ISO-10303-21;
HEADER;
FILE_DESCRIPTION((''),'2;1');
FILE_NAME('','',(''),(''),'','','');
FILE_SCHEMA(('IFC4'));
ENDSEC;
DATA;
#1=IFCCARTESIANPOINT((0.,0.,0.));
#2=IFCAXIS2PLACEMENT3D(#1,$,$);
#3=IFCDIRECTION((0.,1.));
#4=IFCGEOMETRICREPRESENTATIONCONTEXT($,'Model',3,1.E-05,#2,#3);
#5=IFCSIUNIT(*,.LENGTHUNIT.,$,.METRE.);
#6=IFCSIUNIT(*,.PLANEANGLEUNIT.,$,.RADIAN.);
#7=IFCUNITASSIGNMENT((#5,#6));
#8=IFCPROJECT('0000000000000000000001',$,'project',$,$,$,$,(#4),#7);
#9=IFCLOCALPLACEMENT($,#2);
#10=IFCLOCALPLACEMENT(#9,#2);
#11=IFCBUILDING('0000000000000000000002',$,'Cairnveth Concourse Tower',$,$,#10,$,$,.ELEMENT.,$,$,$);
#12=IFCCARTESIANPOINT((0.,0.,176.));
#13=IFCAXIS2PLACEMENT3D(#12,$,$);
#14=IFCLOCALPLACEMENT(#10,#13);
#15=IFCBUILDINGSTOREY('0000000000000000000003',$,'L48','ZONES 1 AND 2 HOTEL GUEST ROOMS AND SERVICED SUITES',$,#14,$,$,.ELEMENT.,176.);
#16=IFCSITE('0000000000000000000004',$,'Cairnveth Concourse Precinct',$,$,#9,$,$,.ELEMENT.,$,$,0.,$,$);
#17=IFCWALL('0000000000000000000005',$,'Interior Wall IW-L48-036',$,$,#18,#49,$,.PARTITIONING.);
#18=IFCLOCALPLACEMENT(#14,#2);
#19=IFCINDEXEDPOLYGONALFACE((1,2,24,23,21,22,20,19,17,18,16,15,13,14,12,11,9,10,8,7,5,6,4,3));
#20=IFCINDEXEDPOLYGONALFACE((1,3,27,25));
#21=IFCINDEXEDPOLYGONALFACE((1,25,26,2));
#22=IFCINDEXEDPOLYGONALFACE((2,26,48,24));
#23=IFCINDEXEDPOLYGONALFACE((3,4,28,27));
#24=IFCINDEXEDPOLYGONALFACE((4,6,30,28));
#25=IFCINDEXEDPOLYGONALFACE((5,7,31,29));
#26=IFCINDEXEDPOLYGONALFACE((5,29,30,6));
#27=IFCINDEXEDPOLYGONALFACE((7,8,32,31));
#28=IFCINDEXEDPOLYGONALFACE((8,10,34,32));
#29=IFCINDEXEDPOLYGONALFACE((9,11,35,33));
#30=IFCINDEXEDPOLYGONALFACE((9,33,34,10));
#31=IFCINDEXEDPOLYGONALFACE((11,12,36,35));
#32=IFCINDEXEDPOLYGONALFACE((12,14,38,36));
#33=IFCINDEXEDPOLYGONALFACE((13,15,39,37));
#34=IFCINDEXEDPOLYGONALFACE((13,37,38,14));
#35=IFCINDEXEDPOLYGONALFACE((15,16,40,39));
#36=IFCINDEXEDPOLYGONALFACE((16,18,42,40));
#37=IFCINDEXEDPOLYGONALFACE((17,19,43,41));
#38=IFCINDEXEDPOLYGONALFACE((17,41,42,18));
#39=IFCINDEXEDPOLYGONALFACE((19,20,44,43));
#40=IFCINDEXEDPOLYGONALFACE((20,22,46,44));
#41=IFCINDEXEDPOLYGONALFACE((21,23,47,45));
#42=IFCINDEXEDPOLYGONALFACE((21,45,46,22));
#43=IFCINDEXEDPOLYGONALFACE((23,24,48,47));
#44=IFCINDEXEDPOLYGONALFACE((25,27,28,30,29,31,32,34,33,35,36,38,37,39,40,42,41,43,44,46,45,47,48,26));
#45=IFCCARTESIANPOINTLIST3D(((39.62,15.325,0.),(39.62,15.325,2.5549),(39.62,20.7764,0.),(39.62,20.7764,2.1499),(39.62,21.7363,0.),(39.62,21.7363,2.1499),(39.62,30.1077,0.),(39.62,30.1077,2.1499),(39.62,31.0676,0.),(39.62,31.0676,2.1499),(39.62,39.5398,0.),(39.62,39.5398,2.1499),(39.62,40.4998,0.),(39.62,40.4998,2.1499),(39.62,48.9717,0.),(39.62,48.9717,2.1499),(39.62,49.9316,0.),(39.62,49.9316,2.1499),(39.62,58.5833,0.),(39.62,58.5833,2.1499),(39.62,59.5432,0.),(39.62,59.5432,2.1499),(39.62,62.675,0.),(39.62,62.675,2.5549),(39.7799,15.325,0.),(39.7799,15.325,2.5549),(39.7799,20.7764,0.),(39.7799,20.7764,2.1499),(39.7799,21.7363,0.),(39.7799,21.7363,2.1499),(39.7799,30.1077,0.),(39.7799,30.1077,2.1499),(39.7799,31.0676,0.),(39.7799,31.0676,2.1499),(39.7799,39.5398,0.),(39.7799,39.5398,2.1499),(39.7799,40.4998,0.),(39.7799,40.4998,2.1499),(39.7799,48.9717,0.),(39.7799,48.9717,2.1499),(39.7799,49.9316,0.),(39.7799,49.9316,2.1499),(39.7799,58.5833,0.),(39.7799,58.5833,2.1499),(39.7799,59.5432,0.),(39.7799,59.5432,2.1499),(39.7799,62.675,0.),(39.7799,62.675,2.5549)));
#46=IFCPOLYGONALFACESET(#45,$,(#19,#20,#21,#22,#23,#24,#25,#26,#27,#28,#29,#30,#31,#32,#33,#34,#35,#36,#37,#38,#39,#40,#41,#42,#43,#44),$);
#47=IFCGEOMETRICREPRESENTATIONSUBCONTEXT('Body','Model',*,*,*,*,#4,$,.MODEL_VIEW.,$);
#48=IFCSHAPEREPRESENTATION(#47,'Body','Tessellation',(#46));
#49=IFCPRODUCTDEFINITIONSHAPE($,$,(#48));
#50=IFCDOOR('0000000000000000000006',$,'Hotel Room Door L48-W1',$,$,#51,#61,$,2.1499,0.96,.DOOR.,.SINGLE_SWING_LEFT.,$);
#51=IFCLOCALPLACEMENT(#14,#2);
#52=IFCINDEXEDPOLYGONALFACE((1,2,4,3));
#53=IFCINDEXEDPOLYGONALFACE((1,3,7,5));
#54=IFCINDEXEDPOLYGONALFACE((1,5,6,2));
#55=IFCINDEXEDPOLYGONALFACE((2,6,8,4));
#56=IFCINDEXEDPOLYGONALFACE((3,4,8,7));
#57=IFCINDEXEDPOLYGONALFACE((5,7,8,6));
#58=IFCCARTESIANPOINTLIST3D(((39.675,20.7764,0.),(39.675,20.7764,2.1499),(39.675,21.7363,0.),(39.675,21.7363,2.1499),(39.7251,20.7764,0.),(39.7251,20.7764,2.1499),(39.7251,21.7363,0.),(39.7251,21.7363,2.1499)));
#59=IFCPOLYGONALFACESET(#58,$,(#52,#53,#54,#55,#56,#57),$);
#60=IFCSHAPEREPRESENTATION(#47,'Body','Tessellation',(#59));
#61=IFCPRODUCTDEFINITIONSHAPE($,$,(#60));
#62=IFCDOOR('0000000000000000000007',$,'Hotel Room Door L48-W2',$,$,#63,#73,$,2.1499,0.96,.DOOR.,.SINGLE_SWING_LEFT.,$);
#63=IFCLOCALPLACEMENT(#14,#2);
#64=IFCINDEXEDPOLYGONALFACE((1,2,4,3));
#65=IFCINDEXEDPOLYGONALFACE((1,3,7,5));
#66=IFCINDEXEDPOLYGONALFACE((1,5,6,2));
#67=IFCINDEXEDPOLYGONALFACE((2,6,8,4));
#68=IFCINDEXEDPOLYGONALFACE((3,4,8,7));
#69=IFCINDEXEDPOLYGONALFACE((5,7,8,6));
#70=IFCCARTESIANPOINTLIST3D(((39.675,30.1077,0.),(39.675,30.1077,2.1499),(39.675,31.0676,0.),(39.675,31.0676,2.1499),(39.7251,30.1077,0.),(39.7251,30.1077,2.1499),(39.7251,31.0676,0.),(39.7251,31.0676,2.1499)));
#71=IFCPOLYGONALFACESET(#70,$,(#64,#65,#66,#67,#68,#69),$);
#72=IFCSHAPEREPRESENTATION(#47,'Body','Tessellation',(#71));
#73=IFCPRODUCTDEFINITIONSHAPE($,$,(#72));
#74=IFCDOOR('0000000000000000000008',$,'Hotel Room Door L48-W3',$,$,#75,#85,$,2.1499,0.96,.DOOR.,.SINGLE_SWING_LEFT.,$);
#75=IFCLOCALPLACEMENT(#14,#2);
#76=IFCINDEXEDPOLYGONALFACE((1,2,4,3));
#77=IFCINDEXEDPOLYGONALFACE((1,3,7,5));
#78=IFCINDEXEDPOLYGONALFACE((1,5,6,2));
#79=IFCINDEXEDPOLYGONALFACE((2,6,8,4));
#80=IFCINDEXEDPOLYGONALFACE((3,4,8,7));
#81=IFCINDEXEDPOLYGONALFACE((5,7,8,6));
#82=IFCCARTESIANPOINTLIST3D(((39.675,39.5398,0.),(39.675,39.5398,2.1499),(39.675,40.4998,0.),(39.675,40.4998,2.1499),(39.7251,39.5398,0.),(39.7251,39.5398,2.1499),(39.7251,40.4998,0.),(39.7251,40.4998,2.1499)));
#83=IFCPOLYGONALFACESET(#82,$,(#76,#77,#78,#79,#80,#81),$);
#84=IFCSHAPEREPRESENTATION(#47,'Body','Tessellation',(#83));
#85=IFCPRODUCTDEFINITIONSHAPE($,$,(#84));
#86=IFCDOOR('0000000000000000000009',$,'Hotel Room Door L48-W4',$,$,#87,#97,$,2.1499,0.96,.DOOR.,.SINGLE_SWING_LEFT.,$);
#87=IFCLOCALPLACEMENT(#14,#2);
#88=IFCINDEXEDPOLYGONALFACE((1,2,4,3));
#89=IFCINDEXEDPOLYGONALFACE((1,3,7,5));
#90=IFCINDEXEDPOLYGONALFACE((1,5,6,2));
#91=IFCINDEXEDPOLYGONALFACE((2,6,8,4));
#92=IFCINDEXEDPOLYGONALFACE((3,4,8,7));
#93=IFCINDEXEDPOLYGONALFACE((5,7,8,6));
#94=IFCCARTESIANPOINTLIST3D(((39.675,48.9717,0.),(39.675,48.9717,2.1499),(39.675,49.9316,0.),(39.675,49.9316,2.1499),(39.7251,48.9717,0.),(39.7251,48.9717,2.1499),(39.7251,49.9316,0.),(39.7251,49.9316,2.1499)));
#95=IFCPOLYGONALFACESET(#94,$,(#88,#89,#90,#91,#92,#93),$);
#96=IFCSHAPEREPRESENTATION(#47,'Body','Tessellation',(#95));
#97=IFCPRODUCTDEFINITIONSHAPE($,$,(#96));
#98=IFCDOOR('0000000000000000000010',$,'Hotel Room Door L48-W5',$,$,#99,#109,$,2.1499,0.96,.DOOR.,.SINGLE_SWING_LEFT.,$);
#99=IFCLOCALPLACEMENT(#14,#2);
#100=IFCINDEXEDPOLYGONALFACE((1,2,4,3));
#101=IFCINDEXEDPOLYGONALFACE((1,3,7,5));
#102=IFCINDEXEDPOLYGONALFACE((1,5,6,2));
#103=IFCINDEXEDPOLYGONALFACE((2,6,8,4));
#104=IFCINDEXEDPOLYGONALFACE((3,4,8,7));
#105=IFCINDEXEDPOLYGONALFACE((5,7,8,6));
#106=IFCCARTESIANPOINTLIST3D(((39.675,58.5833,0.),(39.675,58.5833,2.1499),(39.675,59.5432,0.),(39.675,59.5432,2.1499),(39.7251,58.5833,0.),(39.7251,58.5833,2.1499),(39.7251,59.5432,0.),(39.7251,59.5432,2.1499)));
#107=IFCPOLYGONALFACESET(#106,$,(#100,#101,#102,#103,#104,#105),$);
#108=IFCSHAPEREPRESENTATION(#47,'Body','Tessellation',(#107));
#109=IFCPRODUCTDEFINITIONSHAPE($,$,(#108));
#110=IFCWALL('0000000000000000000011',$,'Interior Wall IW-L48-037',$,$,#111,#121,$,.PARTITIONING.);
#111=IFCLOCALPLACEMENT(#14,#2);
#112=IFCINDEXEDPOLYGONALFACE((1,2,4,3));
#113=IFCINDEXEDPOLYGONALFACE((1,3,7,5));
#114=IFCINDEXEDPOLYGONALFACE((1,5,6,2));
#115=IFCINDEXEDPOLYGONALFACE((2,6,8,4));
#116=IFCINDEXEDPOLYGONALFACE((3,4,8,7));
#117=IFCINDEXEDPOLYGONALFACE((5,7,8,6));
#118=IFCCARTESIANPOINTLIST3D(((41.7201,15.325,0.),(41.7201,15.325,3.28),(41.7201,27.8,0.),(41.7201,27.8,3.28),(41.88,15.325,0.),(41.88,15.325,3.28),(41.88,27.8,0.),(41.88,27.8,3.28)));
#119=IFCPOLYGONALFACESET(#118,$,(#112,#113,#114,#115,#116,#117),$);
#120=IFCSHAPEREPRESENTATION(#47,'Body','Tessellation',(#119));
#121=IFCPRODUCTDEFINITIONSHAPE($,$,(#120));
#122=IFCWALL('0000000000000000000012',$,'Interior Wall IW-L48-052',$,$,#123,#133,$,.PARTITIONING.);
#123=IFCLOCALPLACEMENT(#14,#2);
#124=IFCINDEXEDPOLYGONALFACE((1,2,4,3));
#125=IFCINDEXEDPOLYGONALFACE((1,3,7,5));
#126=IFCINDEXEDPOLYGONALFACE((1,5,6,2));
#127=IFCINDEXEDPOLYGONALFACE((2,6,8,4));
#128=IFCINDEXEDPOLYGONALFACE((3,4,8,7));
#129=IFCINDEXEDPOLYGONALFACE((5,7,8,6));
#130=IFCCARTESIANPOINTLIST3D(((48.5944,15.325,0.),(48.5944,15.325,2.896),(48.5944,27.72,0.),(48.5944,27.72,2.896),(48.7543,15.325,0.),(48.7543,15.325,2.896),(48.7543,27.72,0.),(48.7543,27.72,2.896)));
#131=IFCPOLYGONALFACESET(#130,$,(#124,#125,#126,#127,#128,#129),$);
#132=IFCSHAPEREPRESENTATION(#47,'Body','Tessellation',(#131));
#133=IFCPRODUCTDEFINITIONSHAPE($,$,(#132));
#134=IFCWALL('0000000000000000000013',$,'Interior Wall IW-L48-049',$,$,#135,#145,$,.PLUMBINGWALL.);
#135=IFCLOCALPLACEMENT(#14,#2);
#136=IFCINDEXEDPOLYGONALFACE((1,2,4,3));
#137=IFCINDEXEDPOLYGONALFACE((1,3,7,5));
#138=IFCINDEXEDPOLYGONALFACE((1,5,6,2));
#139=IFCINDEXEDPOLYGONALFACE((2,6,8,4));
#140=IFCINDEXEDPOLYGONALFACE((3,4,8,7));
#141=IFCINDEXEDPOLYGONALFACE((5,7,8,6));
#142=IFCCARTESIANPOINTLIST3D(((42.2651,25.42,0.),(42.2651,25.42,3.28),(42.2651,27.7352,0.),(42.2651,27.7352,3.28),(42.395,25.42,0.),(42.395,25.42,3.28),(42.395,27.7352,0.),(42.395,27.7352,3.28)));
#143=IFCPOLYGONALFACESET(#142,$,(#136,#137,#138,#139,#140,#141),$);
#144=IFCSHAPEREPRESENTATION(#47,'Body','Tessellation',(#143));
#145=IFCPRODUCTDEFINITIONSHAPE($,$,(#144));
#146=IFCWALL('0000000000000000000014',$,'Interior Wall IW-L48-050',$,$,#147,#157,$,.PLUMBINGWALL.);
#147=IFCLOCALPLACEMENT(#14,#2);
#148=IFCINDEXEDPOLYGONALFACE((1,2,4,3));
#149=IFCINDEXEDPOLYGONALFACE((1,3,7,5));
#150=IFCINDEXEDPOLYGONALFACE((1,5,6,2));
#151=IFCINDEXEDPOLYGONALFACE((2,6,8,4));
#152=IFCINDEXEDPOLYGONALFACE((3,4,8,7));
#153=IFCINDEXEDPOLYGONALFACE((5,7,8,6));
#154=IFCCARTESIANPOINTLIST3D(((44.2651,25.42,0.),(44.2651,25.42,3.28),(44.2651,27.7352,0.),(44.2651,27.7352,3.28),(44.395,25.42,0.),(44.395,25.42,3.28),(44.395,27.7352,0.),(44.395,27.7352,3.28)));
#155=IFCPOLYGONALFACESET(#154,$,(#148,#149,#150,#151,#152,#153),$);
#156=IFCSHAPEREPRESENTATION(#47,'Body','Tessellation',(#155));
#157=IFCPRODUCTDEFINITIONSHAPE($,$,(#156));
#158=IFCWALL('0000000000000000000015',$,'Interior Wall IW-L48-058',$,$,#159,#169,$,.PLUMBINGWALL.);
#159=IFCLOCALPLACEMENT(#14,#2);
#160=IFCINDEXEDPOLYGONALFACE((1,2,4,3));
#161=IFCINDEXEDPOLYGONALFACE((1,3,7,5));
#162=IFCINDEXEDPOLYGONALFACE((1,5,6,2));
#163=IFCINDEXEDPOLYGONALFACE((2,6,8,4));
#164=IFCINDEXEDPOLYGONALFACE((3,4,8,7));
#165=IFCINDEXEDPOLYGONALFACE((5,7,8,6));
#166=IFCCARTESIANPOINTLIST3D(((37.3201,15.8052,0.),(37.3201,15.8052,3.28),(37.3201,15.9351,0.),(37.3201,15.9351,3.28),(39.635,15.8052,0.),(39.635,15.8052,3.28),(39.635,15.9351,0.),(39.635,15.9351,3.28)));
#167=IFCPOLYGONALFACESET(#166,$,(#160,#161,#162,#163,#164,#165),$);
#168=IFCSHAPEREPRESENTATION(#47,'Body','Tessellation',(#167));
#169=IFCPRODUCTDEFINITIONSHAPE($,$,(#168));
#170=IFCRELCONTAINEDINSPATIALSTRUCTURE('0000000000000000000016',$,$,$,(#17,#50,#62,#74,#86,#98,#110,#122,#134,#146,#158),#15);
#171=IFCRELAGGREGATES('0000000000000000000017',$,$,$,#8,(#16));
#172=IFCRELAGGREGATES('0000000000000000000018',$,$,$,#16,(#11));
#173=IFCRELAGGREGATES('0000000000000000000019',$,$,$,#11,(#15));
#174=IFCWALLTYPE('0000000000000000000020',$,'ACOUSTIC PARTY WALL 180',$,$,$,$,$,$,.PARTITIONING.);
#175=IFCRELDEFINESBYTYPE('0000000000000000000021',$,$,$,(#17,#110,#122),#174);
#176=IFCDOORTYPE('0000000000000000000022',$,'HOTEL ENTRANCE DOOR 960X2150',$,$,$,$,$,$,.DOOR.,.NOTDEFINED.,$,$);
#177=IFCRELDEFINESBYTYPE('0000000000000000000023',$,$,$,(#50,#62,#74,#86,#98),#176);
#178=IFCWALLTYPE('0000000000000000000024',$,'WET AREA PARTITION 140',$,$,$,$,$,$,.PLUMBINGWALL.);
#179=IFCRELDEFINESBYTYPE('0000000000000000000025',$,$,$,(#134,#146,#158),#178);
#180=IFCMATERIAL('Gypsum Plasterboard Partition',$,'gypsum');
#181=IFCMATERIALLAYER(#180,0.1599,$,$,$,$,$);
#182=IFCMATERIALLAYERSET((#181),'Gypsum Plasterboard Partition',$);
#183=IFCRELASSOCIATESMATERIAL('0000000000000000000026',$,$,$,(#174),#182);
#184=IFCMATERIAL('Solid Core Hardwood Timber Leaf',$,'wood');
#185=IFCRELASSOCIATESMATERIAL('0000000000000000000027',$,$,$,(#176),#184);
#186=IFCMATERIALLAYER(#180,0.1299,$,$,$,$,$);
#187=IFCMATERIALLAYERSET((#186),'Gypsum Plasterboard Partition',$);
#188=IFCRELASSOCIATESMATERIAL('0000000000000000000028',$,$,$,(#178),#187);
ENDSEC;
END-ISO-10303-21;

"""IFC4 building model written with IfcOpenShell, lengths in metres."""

from ifc_helpers import new_model, si_unit, direction, frame, frame_2d, origin, place, context, subcontext, project, spatial, rectangle, extrude, material, layer, layer_set, type_object, element, fill, save


model = new_model("IFC4")

# Units and contexts
model_context = context("Model", 3, precision=1e-05, world=origin(), true_north=direction((0.0, 1.0)))
body_context = subcontext(model_context, "Body", "Model", "MODEL_VIEW")
ifc_project = project(units=[si_unit("LENGTHUNIT", "METRE"), si_unit("PLANEANGLEUNIT", "RADIAN")], contexts=[model_context])

# Site, building, storey
site_placement = place(None, origin())
site = spatial("IfcSite", under=ifc_project, at=site_placement, Name="Cairnveth Concourse Precinct", CompositionType="ELEMENT", RefElevation=0.0)
building_placement = place(site_placement, origin())
building = spatial("IfcBuilding", under=site, at=building_placement, Name="Cairnveth Concourse Tower", CompositionType="ELEMENT")
storey_placement = place(building_placement, frame((0.0, 0.0, 176.0)))
storey = spatial("IfcBuildingStorey", under=building, at=storey_placement, Name="L48", Description="ZONES 1 AND 2 HOTEL GUEST ROOMS AND SERVICED SUITES", CompositionType="ELEMENT", Elevation=176.0)

# Wall, openings, doors
ifc_material_1 = material(Name="Gypsum Plasterboard Partition", Category="gypsum")
ifc_layer_1 = layer(ifc_material_1, 0.1599)
ifc_layer_set_1 = layer_set([ifc_layer_1], Name="Gypsum Plasterboard Partition")
wall_type_1 = type_object("IfcWallType", Name="ACOUSTIC PARTY WALL 180", PredefinedType="PARTITIONING", material=ifc_layer_set_1)
wall_1_placement = place(storey_placement, frame((39.7, 15.325, 0.0), z_axis=(0.0, 0.0, 1.0), x_axis=(0.0, 1.0, 0.0)))
wall_1 = element("IfcWall", 1, at=wall_1_placement, inside=storey, type_object=wall_type_1, Name="Interior Wall IW-L48-036", PredefinedType="PARTITIONING", context=body_context, shape_type="SweptSolid", body=[
    extrude(rectangle(XDim=47.3501, YDim=0.1599, at=frame_2d((23.675, 0.0))), origin(), (0.0, 0.0, 1.0), 2.5549),
])
opening_1_placement = place(wall_1_placement, frame((5.4514, 0.0, 0.0)))
opening_1 = element("IfcOpeningElement", 2, at=opening_1_placement, cuts=wall_1, PredefinedType="OPENING", context=body_context, shape_type="SweptSolid", body=[
    extrude(rectangle(XDim=0.96, YDim=2.1499, at=frame_2d((0.48, 1.075))), frame((0.0, 0.0898, 0.0), z_axis=(0.0, -1.0, 0.0), x_axis=(1.0, 0.0, 0.0)), (0.0, 0.0, 1.0), 0.1799),
])
opening_2_placement = place(wall_1_placement, frame((14.7827, 0.0, 0.0)))
opening_2 = element("IfcOpeningElement", 3, at=opening_2_placement, cuts=wall_1, PredefinedType="OPENING", context=body_context, shape_type="SweptSolid", body=[
    extrude(rectangle(XDim=0.96, YDim=2.1499, at=frame_2d((0.48, 1.075))), frame((0.0, 0.0898, 0.0), z_axis=(0.0, -1.0, 0.0), x_axis=(1.0, 0.0, 0.0)), (0.0, 0.0, 1.0), 0.1799),
])
opening_3_placement = place(wall_1_placement, frame((24.2148, 0.0, 0.0)))
opening_3 = element("IfcOpeningElement", 4, at=opening_3_placement, cuts=wall_1, PredefinedType="OPENING", context=body_context, shape_type="SweptSolid", body=[
    extrude(rectangle(XDim=0.96, YDim=2.1499, at=frame_2d((0.48, 1.075))), frame((0.0, 0.0898, 0.0), z_axis=(0.0, -1.0, 0.0), x_axis=(1.0, 0.0, 0.0)), (0.0, 0.0, 1.0), 0.1799),
])
opening_4_placement = place(wall_1_placement, frame((33.6467, 0.0, 0.0)))
opening_4 = element("IfcOpeningElement", 5, at=opening_4_placement, cuts=wall_1, PredefinedType="OPENING", context=body_context, shape_type="SweptSolid", body=[
    extrude(rectangle(XDim=0.96, YDim=2.1499, at=frame_2d((0.48, 1.075))), frame((0.0, 0.0898, 0.0), z_axis=(0.0, -1.0, 0.0), x_axis=(1.0, 0.0, 0.0)), (0.0, 0.0, 1.0), 0.1799),
])
opening_5_placement = place(wall_1_placement, frame((43.2583, 0.0, 0.0)))
opening_5 = element("IfcOpeningElement", 6, at=opening_5_placement, cuts=wall_1, PredefinedType="OPENING", context=body_context, shape_type="SweptSolid", body=[
    extrude(rectangle(XDim=0.96, YDim=2.1499, at=frame_2d((0.48, 1.075))), frame((0.0, 0.0898, 0.0), z_axis=(0.0, -1.0, 0.0), x_axis=(1.0, 0.0, 0.0)), (0.0, 0.0, 1.0), 0.1799),
])
ifc_material_2 = material(Name="Solid Core Hardwood Timber Leaf", Category="wood")
door_type_1 = type_object("IfcDoorType", Name="HOTEL ENTRANCE DOOR 960X2150", OperationType="NOTDEFINED", PredefinedType="DOOR", material=ifc_material_2)
door_1_placement = place(opening_1_placement, origin())
door_1 = element("IfcDoor", 7, at=door_1_placement, inside=storey, type_object=door_type_1, Name="Hotel Room Door L48-W1", OperationType="SINGLE_SWING_LEFT", OverallHeight=2.1499, OverallWidth=0.96, PredefinedType="DOOR", context=body_context, shape_type="SweptSolid", body=[
    extrude(rectangle(XDim=0.96, YDim=2.1499, at=frame_2d((0.48, 1.075))), frame((0.0, 0.0249, 0.0), z_axis=(0.0, -1.0, 0.0), x_axis=(1.0, 0.0, 0.0)), (0.0, 0.0, 1.0), 0.05),
])
fill(opening_1, door_1)
door_2_placement = place(opening_2_placement, origin())
door_2 = element("IfcDoor", 8, at=door_2_placement, inside=storey, type_object=door_type_1, Name="Hotel Room Door L48-W2", OperationType="SINGLE_SWING_LEFT", OverallHeight=2.1499, OverallWidth=0.96, PredefinedType="DOOR", context=body_context, shape_type="SweptSolid", body=[
    extrude(rectangle(XDim=0.96, YDim=2.1499, at=frame_2d((0.48, 1.075))), frame((0.0, 0.0249, 0.0), z_axis=(0.0, -1.0, 0.0), x_axis=(1.0, 0.0, 0.0)), (0.0, 0.0, 1.0), 0.05),
])
fill(opening_2, door_2)
door_3_placement = place(opening_3_placement, origin())
door_3 = element("IfcDoor", 9, at=door_3_placement, inside=storey, type_object=door_type_1, Name="Hotel Room Door L48-W3", OperationType="SINGLE_SWING_LEFT", OverallHeight=2.1499, OverallWidth=0.96, PredefinedType="DOOR", context=body_context, shape_type="SweptSolid", body=[
    extrude(rectangle(XDim=0.96, YDim=2.1499, at=frame_2d((0.48, 1.075))), frame((0.0, 0.0249, 0.0), z_axis=(0.0, -1.0, 0.0), x_axis=(1.0, 0.0, 0.0)), (0.0, 0.0, 1.0), 0.05),
])
fill(opening_3, door_3)
door_4_placement = place(opening_4_placement, origin())
door_4 = element("IfcDoor", 10, at=door_4_placement, inside=storey, type_object=door_type_1, Name="Hotel Room Door L48-W4", OperationType="SINGLE_SWING_LEFT", OverallHeight=2.1499, OverallWidth=0.96, PredefinedType="DOOR", context=body_context, shape_type="SweptSolid", body=[
    extrude(rectangle(XDim=0.96, YDim=2.1499, at=frame_2d((0.48, 1.075))), frame((0.0, 0.0249, 0.0), z_axis=(0.0, -1.0, 0.0), x_axis=(1.0, 0.0, 0.0)), (0.0, 0.0, 1.0), 0.05),
])
fill(opening_4, door_4)
door_5_placement = place(opening_5_placement, origin())
door_5 = element("IfcDoor", 11, at=door_5_placement, inside=storey, type_object=door_type_1, Name="Hotel Room Door L48-W5", OperationType="SINGLE_SWING_LEFT", OverallHeight=2.1499, OverallWidth=0.96, PredefinedType="DOOR", context=body_context, shape_type="SweptSolid", body=[
    extrude(rectangle(XDim=0.96, YDim=2.1499, at=frame_2d((0.48, 1.075))), frame((0.0, 0.0249, 0.0), z_axis=(0.0, -1.0, 0.0), x_axis=(1.0, 0.0, 0.0)), (0.0, 0.0, 1.0), 0.05),
])
fill(opening_5, door_5)

# Walls
wall_2_placement = place(storey_placement, frame((41.8, 15.325, 0.0), z_axis=(0.0, 0.0, 1.0), x_axis=(0.0, 1.0, 0.0)))
element("IfcWall", 12, at=wall_2_placement, inside=storey, type_object=wall_type_1, Name="Interior Wall IW-L48-037", PredefinedType="PARTITIONING", context=body_context, shape_type="SweptSolid", body=[
    extrude(rectangle(XDim=12.4751, YDim=0.1599, at=frame_2d((6.2375, 0.0))), origin(), (0.0, 0.0, 1.0), 3.28),
])
wall_3_placement = place(storey_placement, frame((48.6743, 15.325, 0.0), z_axis=(0.0, 0.0, 1.0), x_axis=(0.0, 1.0, 0.0)))
element("IfcWall", 13, at=wall_3_placement, inside=storey, type_object=wall_type_1, Name="Interior Wall IW-L48-052", PredefinedType="PARTITIONING", context=body_context, shape_type="SweptSolid", body=[
    extrude(rectangle(XDim=12.395, YDim=0.1599, at=frame_2d((6.1975, 0.0))), origin(), (0.0, 0.0, 1.0), 2.896),
])
ifc_layer_2 = layer(ifc_material_1, 0.1299)
ifc_layer_set_2 = layer_set([ifc_layer_2], Name="Gypsum Plasterboard Partition")
wall_type_2 = type_object("IfcWallType", Name="WET AREA PARTITION 140", PredefinedType="PLUMBINGWALL", material=ifc_layer_set_2)
for number, where, z_axis, x_axis, name in (
    (14, (42.3301, 25.4199, 0.0), (0.0, 0.0, 1.0), (0.0, 1.0, 0.0), "Interior Wall IW-L48-049"),
    (15, (44.3301, 25.4199, 0.0), (0.0, 0.0, 1.0), (0.0, 1.0, 0.0), "Interior Wall IW-L48-050"),
):
    element("IfcWall", number, at=place(storey_placement, frame(where, z_axis=z_axis, x_axis=x_axis)), inside=storey, type_object=wall_type_2, Name=name, PredefinedType="PLUMBINGWALL", context=body_context, shape_type="SweptSolid", body=[
        extrude(rectangle(XDim=2.3152, YDim=0.1299, at=frame_2d((1.1577, 0.0))), origin(), (0.0, 0.0, 1.0), 3.28),
    ])
for number, where, z_axis, x_axis, name in (
    (16, (37.3201, 15.8701, 0.0), (0.0, 0.0, 1.0), (1.0, 0.0, 0.0), "Interior Wall IW-L48-058"),
):
    element("IfcWall", number, at=place(storey_placement, frame(where, z_axis=z_axis, x_axis=x_axis)), inside=storey, type_object=wall_type_2, Name=name, PredefinedType="PLUMBINGWALL", context=body_context, shape_type="SweptSolid", body=[
        extrude(rectangle(XDim=2.3149, YDim=0.1299, at=frame_2d((1.1575, 0.0))), origin(), (0.0, 0.0, 1.0), 3.28),
    ])

save(model, "model.ifc")
